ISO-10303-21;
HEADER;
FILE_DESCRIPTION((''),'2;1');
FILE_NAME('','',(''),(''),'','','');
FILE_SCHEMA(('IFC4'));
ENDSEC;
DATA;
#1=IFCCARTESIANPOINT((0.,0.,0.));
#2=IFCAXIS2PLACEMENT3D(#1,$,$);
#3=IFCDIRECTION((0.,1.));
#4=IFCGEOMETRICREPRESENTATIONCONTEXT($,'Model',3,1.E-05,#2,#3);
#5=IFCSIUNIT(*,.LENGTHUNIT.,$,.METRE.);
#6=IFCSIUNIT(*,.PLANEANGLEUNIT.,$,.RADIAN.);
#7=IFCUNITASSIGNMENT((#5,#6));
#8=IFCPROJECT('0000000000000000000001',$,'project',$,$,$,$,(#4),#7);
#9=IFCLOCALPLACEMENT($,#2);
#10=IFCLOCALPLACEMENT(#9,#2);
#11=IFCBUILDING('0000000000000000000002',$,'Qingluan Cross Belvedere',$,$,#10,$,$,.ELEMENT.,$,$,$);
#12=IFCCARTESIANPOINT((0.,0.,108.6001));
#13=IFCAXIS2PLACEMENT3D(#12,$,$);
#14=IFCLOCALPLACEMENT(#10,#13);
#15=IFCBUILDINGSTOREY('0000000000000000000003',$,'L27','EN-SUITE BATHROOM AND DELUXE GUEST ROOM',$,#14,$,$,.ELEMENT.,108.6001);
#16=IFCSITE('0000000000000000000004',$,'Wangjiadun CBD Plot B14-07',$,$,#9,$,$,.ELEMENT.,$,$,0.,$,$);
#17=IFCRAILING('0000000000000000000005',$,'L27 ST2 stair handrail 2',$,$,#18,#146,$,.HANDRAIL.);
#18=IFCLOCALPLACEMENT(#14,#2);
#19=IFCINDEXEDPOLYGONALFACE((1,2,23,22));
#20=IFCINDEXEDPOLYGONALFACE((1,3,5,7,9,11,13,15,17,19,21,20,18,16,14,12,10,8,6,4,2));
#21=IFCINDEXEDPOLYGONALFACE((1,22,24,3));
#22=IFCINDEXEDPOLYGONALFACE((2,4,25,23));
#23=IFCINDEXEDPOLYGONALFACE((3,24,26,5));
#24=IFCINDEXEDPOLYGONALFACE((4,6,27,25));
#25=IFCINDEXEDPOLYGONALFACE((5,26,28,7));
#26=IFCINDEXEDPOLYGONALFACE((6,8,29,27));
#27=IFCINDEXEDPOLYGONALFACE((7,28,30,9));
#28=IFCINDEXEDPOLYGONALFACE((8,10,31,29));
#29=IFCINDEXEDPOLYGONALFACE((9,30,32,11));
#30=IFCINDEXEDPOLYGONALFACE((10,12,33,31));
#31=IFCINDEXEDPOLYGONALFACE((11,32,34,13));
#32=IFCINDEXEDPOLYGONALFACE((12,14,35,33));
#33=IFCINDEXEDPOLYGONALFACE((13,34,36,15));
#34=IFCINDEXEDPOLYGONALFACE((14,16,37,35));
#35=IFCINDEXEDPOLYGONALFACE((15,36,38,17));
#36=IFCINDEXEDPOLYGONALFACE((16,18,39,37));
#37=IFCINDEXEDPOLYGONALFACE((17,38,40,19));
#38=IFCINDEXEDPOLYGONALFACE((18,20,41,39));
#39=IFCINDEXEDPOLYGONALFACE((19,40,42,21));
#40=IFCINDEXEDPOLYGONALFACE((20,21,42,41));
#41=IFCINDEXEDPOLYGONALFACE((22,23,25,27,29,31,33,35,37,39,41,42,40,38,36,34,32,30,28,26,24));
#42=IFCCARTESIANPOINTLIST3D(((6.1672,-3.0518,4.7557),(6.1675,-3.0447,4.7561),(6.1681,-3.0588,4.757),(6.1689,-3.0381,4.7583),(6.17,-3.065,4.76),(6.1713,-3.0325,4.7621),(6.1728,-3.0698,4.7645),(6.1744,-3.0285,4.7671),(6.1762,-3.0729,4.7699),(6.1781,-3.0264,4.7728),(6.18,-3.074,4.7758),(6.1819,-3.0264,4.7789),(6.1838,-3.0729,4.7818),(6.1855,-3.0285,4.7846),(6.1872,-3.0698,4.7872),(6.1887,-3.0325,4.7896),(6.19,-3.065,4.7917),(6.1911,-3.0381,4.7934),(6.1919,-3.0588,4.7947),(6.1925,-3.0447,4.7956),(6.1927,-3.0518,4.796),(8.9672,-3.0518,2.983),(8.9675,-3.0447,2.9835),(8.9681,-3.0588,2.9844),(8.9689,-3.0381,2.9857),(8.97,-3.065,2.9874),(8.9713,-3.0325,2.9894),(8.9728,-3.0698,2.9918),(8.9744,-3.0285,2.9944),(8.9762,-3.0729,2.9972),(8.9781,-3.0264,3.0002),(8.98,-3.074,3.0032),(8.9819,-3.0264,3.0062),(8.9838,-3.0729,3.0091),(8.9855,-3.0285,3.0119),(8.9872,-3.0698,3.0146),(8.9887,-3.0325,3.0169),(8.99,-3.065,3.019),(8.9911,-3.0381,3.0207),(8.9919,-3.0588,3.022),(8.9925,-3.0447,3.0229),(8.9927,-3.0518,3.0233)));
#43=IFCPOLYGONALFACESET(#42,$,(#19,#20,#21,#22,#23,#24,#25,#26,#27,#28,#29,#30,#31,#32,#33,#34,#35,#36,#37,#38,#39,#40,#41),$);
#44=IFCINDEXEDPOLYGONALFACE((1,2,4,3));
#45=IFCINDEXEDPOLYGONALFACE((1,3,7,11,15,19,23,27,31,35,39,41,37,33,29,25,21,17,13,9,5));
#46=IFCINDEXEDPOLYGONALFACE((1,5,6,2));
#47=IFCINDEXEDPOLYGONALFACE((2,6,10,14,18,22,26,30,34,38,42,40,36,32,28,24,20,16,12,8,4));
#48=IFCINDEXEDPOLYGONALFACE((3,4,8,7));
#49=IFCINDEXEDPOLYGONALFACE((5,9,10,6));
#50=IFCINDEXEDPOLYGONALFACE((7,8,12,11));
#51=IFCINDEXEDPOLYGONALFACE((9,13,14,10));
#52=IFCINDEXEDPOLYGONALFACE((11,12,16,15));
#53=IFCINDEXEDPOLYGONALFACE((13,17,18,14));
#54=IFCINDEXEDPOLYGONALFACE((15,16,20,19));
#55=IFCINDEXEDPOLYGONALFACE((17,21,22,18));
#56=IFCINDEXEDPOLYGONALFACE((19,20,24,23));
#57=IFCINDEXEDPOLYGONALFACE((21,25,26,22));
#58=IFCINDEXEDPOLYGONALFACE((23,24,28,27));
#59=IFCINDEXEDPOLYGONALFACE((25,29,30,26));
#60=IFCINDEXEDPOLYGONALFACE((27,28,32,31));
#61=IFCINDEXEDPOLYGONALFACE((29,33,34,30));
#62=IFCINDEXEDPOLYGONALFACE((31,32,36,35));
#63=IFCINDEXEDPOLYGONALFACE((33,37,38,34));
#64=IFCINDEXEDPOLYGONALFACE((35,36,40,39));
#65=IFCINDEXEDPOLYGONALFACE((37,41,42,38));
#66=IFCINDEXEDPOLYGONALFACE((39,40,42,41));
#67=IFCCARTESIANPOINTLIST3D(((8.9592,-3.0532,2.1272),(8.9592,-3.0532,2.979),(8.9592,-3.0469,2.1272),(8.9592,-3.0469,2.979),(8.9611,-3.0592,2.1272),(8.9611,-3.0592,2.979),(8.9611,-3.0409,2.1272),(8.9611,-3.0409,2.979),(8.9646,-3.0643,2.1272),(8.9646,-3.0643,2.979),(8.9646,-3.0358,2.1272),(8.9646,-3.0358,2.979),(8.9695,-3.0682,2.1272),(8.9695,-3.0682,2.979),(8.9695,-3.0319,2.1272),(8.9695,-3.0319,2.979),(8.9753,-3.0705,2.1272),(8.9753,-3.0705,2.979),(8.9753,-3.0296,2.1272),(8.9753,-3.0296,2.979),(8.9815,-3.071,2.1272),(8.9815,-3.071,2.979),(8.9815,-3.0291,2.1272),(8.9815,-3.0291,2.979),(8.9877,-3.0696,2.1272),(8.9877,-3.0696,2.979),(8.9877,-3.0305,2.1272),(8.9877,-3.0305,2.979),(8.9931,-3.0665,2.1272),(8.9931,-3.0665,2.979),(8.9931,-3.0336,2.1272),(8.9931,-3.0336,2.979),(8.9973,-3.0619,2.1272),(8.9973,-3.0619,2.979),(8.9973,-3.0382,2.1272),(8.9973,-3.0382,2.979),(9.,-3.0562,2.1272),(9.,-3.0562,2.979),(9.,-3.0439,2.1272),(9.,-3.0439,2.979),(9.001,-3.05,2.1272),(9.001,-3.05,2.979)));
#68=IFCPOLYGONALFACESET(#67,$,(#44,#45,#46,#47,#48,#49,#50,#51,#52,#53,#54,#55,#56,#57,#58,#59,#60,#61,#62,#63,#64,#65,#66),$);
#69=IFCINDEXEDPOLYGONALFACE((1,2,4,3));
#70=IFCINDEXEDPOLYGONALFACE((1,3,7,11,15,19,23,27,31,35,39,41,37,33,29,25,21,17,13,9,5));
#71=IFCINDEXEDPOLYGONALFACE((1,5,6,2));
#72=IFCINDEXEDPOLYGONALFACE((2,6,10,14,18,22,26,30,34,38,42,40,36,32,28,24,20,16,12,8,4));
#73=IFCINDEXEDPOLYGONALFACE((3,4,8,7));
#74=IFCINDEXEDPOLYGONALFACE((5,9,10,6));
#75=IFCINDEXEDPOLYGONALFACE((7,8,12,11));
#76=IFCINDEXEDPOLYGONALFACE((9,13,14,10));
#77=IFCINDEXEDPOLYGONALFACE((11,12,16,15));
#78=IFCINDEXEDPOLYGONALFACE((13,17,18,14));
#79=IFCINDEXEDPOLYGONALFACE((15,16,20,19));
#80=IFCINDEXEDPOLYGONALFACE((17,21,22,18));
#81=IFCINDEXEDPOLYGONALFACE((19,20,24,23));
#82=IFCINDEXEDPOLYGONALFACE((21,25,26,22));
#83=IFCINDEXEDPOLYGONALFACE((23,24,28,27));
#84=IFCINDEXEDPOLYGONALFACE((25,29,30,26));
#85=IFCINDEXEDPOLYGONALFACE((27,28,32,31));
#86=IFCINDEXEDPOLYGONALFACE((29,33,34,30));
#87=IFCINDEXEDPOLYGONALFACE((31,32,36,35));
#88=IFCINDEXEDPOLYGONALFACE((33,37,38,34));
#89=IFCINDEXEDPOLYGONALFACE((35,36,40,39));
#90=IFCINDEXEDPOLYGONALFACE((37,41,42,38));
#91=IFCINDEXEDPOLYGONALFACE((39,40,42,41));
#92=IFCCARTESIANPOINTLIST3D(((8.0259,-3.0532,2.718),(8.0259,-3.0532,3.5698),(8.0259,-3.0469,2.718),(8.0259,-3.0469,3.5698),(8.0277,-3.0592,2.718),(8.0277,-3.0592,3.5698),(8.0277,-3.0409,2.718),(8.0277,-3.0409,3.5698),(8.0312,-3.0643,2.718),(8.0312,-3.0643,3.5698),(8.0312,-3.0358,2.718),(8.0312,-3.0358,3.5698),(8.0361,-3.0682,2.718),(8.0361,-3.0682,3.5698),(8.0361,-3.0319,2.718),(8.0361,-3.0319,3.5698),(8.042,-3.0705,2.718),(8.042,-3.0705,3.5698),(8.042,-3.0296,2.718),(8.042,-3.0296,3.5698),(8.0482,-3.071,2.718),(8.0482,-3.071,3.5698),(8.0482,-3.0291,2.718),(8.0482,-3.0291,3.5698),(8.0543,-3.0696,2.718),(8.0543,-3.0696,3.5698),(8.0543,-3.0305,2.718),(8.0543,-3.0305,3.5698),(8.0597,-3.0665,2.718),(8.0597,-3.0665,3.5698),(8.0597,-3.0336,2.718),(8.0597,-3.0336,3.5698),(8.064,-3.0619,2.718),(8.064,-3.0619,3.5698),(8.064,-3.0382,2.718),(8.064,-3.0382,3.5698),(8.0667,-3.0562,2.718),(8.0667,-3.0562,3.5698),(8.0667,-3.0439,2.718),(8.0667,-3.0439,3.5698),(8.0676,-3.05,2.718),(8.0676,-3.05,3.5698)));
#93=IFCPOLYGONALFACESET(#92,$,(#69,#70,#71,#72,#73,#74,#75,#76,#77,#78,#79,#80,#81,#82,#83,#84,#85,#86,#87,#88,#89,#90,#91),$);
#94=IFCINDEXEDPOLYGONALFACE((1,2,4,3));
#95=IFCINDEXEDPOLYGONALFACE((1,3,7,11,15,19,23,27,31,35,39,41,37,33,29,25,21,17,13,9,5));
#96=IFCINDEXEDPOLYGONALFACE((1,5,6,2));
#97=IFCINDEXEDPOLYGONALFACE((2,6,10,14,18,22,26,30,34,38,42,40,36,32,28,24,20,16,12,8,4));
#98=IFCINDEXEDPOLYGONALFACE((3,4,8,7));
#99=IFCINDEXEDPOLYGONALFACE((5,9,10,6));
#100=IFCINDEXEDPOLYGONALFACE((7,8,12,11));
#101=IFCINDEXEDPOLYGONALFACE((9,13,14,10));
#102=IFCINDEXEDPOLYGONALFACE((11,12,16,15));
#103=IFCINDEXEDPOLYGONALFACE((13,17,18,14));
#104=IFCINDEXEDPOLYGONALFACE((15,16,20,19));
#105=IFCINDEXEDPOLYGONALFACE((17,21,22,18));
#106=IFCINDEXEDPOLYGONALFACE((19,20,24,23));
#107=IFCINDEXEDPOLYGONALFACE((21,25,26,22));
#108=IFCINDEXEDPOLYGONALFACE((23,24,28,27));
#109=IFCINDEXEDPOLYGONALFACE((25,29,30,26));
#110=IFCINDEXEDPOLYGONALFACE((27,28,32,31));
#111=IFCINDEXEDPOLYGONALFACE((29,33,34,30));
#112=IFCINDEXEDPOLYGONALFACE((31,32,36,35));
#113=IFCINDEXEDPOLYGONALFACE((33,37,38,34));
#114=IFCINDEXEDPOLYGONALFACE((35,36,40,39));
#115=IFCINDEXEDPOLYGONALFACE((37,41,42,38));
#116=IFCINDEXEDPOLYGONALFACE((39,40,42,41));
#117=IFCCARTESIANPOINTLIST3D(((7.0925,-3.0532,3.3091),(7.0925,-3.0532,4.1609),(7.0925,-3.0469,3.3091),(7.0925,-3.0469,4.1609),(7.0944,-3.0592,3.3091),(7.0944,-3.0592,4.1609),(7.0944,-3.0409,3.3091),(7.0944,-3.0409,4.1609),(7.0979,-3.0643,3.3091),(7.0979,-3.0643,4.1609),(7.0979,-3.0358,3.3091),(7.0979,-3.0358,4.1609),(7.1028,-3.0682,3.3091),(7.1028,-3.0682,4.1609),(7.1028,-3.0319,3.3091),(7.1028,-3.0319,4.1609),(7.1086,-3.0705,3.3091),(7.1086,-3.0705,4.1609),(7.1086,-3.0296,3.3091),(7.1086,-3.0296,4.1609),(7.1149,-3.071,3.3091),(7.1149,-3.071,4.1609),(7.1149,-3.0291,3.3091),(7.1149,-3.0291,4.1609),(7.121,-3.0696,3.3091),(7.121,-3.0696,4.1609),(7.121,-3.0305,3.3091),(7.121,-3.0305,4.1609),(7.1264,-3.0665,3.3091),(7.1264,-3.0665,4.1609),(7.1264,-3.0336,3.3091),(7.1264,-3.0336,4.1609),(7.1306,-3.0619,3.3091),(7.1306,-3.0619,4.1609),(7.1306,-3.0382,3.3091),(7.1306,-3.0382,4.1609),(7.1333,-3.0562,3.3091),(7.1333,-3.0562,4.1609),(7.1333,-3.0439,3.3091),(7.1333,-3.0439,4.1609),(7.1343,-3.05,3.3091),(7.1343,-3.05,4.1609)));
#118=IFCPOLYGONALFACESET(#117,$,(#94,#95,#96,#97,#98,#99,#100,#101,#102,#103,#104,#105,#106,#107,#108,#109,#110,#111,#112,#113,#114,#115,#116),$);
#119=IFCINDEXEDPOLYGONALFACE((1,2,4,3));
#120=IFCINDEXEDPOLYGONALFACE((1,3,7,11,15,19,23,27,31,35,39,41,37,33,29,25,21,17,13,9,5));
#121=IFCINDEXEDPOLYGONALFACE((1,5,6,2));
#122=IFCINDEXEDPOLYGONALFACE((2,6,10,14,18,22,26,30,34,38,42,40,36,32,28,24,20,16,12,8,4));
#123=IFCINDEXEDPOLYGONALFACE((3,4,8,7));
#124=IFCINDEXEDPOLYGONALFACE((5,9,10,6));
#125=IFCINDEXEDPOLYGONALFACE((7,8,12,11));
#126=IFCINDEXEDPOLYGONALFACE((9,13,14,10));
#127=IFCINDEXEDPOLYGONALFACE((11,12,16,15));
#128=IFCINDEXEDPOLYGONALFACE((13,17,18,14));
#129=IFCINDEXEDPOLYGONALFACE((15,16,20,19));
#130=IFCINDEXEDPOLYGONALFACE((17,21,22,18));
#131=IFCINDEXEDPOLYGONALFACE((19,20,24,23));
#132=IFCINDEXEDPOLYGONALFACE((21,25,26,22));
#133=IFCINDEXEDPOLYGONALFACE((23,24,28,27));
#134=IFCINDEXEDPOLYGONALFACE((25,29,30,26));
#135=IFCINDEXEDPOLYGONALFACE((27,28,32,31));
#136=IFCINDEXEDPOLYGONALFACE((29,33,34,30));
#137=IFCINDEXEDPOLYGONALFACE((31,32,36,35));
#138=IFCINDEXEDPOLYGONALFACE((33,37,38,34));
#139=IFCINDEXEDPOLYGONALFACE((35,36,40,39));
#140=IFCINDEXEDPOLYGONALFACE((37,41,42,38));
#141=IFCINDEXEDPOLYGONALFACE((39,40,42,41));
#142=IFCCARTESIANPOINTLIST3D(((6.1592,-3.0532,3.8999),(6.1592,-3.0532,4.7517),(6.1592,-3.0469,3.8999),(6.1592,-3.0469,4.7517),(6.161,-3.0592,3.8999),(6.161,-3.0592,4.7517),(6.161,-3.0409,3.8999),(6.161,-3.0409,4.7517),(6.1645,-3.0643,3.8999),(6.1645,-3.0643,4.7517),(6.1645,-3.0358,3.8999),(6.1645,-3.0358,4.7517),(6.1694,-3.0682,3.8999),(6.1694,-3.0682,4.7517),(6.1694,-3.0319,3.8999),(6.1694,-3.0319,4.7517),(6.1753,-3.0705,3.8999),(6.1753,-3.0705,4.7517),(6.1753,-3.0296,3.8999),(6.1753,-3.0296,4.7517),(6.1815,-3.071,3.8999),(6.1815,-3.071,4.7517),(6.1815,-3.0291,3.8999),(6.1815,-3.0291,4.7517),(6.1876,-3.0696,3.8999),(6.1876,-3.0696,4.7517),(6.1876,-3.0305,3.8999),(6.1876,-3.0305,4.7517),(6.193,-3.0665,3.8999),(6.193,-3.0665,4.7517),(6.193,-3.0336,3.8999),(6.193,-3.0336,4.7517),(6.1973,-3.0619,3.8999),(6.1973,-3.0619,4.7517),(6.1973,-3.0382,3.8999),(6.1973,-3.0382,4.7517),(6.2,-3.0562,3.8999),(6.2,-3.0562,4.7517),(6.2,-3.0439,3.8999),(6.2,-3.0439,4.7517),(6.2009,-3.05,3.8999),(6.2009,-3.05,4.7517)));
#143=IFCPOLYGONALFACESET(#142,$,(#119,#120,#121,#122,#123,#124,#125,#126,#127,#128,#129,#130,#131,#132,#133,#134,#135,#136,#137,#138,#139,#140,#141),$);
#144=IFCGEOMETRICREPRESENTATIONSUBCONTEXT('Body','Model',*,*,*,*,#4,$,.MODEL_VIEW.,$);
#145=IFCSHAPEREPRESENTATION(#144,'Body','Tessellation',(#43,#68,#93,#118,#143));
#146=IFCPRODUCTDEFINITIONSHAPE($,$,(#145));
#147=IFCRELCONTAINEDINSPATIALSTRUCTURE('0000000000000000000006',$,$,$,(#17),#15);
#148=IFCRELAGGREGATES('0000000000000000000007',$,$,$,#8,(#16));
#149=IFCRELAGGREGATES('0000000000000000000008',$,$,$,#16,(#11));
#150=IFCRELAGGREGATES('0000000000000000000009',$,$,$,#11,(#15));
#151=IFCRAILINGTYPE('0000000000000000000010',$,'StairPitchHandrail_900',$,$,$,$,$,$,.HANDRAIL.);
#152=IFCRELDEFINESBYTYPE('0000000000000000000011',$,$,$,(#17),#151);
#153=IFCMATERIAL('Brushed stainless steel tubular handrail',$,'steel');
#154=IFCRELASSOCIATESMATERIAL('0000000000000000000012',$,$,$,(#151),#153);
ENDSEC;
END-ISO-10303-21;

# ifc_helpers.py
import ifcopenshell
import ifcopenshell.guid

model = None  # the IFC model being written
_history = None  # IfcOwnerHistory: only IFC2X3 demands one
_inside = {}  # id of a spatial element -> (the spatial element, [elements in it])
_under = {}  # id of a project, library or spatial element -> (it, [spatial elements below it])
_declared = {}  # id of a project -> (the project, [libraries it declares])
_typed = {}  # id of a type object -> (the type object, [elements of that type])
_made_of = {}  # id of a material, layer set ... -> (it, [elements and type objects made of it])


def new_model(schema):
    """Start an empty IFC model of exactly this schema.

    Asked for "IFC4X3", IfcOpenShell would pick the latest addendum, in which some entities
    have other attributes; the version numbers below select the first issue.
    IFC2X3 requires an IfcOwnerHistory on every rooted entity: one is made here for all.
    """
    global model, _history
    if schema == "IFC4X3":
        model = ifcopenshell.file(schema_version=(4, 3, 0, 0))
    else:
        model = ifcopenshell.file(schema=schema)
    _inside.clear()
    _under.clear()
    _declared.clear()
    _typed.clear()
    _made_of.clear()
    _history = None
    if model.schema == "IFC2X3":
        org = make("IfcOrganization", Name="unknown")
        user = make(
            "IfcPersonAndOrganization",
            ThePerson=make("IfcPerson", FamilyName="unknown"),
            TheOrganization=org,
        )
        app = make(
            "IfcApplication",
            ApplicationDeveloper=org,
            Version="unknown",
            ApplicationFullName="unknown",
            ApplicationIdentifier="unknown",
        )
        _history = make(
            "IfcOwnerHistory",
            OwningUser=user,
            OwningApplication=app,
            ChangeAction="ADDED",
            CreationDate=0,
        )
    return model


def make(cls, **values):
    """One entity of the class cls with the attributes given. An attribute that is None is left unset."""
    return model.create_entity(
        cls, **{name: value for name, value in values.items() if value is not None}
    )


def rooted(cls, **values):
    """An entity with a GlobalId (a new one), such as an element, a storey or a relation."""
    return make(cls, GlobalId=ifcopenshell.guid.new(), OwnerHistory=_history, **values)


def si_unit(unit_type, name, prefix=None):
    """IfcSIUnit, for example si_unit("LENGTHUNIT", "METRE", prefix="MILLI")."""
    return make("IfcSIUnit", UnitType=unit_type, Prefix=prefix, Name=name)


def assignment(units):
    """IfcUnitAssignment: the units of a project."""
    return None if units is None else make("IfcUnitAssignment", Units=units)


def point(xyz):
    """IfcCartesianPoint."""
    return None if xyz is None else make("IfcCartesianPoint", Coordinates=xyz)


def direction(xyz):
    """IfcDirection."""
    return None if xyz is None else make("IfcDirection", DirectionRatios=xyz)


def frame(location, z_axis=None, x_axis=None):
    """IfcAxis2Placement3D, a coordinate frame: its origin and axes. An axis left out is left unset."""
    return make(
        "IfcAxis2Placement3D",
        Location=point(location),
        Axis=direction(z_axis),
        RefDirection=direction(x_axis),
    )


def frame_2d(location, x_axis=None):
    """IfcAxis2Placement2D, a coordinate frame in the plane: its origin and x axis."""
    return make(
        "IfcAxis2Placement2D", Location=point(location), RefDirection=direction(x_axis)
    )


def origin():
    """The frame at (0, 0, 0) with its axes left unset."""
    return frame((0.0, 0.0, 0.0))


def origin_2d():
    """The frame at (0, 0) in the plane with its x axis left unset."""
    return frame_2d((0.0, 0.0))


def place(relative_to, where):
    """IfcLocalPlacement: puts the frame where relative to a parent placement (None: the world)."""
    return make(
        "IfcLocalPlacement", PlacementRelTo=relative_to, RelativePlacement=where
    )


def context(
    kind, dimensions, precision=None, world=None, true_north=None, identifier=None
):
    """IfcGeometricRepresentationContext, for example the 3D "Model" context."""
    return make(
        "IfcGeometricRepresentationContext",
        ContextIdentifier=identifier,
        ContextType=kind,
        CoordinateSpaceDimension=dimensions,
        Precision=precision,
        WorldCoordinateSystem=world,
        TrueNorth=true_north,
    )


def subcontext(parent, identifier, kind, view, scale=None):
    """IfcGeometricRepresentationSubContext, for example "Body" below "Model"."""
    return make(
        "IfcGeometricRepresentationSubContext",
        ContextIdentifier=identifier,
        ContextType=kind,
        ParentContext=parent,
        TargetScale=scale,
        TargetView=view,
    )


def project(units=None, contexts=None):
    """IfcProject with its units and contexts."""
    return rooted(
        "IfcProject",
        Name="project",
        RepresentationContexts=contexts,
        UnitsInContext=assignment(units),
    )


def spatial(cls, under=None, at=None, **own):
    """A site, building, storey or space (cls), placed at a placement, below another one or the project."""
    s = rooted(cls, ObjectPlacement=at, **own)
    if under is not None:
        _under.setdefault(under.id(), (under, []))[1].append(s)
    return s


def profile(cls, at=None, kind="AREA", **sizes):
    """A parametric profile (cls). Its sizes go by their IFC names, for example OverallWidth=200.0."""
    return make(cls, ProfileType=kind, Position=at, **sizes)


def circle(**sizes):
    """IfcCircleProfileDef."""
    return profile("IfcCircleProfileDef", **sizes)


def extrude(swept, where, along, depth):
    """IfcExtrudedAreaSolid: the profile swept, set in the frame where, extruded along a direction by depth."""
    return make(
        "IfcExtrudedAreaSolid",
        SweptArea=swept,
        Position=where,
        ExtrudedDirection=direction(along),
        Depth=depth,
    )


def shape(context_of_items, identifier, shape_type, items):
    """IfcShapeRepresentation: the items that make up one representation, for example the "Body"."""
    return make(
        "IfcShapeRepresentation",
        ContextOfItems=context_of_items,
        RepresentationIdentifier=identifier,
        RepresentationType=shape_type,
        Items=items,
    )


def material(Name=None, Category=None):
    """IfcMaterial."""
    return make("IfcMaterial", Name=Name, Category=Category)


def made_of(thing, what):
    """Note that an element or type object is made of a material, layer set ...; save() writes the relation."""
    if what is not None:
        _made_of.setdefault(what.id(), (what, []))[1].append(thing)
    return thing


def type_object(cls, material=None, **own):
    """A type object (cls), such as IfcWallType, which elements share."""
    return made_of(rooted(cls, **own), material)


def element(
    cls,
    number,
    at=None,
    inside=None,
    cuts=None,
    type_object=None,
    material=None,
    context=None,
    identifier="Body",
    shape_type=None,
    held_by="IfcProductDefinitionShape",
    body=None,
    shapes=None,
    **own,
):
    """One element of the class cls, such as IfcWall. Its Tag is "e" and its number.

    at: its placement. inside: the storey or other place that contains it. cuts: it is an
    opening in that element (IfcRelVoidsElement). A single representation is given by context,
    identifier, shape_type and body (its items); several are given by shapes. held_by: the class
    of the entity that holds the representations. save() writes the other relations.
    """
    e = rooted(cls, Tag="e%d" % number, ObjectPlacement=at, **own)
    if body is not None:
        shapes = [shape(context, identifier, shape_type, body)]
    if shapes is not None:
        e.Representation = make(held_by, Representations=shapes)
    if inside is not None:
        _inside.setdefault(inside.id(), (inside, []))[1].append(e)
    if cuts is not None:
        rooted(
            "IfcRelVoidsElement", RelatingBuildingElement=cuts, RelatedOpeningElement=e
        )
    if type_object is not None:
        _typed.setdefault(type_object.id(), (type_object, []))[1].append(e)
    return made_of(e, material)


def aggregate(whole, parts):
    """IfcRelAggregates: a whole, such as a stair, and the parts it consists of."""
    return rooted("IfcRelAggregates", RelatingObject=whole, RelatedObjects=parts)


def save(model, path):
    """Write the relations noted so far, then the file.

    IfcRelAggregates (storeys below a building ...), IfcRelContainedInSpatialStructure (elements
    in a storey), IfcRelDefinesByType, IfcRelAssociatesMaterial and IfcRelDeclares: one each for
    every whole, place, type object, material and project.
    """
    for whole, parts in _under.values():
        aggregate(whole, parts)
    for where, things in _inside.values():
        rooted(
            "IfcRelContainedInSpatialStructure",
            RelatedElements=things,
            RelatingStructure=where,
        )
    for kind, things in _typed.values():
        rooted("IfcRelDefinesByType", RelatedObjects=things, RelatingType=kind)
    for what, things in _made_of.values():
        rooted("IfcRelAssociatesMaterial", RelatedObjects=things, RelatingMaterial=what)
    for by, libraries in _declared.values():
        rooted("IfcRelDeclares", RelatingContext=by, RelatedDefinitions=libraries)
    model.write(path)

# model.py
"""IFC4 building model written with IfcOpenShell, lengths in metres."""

from ifc_helpers import new_model, si_unit, direction, frame, origin, origin_2d, place, context, subcontext, project, spatial, circle, extrude, material, type_object, element, save


model = new_model("IFC4")

# Units and contexts
model_context = context("Model", 3, precision=1e-05, world=origin(), true_north=direction((0.0, 1.0)))
body_context = subcontext(model_context, "Body", "Model", "MODEL_VIEW")
ifc_project = project(units=[si_unit("LENGTHUNIT", "METRE"), si_unit("PLANEANGLEUNIT", "RADIAN")], contexts=[model_context])

# Site, building, storey
site_placement = place(None, origin())
site = spatial("IfcSite", under=ifc_project, at=site_placement, Name="Wangjiadun CBD Plot B14-07", CompositionType="ELEMENT", RefElevation=0.0)
building_placement = place(site_placement, origin())
building = spatial("IfcBuilding", under=site, at=building_placement, Name="Qingluan Cross Belvedere", CompositionType="ELEMENT")
storey_placement = place(building_placement, frame((0.0, 0.0, 108.6001)))
storey = spatial("IfcBuildingStorey", under=building, at=storey_placement, Name="L27", Description="EN-SUITE BATHROOM AND DELUXE GUEST ROOM", CompositionType="ELEMENT", Elevation=108.6001)

# Railing
ifc_material_1 = material(Name="Brushed stainless steel tubular handrail", Category="steel")
railing_type_1 = type_object("IfcRailingType", Name="StairPitchHandrail_900", PredefinedType="HANDRAIL", material=ifc_material_1)
railing_1_placement = place(storey_placement, frame((8.98, -3.05, 2.1272)))
element("IfcRailing", 1, at=railing_1_placement, inside=storey, type_object=railing_type_1, Name="L27 ST2 stair handrail 2", PredefinedType="HANDRAIL", context=body_context, shape_type="SweptSolid", body=[
    extrude(circle(Radius=0.0239, at=origin_2d()), frame((0.0, 0.0, 0.876), z_axis=(-0.844909, 0.0, 0.53491), x_axis=(0.0, -1.0, 0.0)), (0.0, 0.0, 1.0), 3.314),
    extrude(circle(Radius=0.021, at=origin_2d()), origin(), (0.0, 0.0, 1.0), 0.8518),
    extrude(circle(Radius=0.021, at=origin_2d()), frame((-0.9333, 0.0, 0.5908)), (0.0, 0.0, 1.0), 0.8518),
    extrude(circle(Radius=0.021, at=origin_2d()), frame((-1.8667, 0.0, 1.1819)), (0.0, 0.0, 1.0), 0.8518),
    extrude(circle(Radius=0.021, at=origin_2d()), frame((-2.8, 0.0, 1.7727)), (0.0, 0.0, 1.0), 0.8518),
])

save(model, "model.ifc")
